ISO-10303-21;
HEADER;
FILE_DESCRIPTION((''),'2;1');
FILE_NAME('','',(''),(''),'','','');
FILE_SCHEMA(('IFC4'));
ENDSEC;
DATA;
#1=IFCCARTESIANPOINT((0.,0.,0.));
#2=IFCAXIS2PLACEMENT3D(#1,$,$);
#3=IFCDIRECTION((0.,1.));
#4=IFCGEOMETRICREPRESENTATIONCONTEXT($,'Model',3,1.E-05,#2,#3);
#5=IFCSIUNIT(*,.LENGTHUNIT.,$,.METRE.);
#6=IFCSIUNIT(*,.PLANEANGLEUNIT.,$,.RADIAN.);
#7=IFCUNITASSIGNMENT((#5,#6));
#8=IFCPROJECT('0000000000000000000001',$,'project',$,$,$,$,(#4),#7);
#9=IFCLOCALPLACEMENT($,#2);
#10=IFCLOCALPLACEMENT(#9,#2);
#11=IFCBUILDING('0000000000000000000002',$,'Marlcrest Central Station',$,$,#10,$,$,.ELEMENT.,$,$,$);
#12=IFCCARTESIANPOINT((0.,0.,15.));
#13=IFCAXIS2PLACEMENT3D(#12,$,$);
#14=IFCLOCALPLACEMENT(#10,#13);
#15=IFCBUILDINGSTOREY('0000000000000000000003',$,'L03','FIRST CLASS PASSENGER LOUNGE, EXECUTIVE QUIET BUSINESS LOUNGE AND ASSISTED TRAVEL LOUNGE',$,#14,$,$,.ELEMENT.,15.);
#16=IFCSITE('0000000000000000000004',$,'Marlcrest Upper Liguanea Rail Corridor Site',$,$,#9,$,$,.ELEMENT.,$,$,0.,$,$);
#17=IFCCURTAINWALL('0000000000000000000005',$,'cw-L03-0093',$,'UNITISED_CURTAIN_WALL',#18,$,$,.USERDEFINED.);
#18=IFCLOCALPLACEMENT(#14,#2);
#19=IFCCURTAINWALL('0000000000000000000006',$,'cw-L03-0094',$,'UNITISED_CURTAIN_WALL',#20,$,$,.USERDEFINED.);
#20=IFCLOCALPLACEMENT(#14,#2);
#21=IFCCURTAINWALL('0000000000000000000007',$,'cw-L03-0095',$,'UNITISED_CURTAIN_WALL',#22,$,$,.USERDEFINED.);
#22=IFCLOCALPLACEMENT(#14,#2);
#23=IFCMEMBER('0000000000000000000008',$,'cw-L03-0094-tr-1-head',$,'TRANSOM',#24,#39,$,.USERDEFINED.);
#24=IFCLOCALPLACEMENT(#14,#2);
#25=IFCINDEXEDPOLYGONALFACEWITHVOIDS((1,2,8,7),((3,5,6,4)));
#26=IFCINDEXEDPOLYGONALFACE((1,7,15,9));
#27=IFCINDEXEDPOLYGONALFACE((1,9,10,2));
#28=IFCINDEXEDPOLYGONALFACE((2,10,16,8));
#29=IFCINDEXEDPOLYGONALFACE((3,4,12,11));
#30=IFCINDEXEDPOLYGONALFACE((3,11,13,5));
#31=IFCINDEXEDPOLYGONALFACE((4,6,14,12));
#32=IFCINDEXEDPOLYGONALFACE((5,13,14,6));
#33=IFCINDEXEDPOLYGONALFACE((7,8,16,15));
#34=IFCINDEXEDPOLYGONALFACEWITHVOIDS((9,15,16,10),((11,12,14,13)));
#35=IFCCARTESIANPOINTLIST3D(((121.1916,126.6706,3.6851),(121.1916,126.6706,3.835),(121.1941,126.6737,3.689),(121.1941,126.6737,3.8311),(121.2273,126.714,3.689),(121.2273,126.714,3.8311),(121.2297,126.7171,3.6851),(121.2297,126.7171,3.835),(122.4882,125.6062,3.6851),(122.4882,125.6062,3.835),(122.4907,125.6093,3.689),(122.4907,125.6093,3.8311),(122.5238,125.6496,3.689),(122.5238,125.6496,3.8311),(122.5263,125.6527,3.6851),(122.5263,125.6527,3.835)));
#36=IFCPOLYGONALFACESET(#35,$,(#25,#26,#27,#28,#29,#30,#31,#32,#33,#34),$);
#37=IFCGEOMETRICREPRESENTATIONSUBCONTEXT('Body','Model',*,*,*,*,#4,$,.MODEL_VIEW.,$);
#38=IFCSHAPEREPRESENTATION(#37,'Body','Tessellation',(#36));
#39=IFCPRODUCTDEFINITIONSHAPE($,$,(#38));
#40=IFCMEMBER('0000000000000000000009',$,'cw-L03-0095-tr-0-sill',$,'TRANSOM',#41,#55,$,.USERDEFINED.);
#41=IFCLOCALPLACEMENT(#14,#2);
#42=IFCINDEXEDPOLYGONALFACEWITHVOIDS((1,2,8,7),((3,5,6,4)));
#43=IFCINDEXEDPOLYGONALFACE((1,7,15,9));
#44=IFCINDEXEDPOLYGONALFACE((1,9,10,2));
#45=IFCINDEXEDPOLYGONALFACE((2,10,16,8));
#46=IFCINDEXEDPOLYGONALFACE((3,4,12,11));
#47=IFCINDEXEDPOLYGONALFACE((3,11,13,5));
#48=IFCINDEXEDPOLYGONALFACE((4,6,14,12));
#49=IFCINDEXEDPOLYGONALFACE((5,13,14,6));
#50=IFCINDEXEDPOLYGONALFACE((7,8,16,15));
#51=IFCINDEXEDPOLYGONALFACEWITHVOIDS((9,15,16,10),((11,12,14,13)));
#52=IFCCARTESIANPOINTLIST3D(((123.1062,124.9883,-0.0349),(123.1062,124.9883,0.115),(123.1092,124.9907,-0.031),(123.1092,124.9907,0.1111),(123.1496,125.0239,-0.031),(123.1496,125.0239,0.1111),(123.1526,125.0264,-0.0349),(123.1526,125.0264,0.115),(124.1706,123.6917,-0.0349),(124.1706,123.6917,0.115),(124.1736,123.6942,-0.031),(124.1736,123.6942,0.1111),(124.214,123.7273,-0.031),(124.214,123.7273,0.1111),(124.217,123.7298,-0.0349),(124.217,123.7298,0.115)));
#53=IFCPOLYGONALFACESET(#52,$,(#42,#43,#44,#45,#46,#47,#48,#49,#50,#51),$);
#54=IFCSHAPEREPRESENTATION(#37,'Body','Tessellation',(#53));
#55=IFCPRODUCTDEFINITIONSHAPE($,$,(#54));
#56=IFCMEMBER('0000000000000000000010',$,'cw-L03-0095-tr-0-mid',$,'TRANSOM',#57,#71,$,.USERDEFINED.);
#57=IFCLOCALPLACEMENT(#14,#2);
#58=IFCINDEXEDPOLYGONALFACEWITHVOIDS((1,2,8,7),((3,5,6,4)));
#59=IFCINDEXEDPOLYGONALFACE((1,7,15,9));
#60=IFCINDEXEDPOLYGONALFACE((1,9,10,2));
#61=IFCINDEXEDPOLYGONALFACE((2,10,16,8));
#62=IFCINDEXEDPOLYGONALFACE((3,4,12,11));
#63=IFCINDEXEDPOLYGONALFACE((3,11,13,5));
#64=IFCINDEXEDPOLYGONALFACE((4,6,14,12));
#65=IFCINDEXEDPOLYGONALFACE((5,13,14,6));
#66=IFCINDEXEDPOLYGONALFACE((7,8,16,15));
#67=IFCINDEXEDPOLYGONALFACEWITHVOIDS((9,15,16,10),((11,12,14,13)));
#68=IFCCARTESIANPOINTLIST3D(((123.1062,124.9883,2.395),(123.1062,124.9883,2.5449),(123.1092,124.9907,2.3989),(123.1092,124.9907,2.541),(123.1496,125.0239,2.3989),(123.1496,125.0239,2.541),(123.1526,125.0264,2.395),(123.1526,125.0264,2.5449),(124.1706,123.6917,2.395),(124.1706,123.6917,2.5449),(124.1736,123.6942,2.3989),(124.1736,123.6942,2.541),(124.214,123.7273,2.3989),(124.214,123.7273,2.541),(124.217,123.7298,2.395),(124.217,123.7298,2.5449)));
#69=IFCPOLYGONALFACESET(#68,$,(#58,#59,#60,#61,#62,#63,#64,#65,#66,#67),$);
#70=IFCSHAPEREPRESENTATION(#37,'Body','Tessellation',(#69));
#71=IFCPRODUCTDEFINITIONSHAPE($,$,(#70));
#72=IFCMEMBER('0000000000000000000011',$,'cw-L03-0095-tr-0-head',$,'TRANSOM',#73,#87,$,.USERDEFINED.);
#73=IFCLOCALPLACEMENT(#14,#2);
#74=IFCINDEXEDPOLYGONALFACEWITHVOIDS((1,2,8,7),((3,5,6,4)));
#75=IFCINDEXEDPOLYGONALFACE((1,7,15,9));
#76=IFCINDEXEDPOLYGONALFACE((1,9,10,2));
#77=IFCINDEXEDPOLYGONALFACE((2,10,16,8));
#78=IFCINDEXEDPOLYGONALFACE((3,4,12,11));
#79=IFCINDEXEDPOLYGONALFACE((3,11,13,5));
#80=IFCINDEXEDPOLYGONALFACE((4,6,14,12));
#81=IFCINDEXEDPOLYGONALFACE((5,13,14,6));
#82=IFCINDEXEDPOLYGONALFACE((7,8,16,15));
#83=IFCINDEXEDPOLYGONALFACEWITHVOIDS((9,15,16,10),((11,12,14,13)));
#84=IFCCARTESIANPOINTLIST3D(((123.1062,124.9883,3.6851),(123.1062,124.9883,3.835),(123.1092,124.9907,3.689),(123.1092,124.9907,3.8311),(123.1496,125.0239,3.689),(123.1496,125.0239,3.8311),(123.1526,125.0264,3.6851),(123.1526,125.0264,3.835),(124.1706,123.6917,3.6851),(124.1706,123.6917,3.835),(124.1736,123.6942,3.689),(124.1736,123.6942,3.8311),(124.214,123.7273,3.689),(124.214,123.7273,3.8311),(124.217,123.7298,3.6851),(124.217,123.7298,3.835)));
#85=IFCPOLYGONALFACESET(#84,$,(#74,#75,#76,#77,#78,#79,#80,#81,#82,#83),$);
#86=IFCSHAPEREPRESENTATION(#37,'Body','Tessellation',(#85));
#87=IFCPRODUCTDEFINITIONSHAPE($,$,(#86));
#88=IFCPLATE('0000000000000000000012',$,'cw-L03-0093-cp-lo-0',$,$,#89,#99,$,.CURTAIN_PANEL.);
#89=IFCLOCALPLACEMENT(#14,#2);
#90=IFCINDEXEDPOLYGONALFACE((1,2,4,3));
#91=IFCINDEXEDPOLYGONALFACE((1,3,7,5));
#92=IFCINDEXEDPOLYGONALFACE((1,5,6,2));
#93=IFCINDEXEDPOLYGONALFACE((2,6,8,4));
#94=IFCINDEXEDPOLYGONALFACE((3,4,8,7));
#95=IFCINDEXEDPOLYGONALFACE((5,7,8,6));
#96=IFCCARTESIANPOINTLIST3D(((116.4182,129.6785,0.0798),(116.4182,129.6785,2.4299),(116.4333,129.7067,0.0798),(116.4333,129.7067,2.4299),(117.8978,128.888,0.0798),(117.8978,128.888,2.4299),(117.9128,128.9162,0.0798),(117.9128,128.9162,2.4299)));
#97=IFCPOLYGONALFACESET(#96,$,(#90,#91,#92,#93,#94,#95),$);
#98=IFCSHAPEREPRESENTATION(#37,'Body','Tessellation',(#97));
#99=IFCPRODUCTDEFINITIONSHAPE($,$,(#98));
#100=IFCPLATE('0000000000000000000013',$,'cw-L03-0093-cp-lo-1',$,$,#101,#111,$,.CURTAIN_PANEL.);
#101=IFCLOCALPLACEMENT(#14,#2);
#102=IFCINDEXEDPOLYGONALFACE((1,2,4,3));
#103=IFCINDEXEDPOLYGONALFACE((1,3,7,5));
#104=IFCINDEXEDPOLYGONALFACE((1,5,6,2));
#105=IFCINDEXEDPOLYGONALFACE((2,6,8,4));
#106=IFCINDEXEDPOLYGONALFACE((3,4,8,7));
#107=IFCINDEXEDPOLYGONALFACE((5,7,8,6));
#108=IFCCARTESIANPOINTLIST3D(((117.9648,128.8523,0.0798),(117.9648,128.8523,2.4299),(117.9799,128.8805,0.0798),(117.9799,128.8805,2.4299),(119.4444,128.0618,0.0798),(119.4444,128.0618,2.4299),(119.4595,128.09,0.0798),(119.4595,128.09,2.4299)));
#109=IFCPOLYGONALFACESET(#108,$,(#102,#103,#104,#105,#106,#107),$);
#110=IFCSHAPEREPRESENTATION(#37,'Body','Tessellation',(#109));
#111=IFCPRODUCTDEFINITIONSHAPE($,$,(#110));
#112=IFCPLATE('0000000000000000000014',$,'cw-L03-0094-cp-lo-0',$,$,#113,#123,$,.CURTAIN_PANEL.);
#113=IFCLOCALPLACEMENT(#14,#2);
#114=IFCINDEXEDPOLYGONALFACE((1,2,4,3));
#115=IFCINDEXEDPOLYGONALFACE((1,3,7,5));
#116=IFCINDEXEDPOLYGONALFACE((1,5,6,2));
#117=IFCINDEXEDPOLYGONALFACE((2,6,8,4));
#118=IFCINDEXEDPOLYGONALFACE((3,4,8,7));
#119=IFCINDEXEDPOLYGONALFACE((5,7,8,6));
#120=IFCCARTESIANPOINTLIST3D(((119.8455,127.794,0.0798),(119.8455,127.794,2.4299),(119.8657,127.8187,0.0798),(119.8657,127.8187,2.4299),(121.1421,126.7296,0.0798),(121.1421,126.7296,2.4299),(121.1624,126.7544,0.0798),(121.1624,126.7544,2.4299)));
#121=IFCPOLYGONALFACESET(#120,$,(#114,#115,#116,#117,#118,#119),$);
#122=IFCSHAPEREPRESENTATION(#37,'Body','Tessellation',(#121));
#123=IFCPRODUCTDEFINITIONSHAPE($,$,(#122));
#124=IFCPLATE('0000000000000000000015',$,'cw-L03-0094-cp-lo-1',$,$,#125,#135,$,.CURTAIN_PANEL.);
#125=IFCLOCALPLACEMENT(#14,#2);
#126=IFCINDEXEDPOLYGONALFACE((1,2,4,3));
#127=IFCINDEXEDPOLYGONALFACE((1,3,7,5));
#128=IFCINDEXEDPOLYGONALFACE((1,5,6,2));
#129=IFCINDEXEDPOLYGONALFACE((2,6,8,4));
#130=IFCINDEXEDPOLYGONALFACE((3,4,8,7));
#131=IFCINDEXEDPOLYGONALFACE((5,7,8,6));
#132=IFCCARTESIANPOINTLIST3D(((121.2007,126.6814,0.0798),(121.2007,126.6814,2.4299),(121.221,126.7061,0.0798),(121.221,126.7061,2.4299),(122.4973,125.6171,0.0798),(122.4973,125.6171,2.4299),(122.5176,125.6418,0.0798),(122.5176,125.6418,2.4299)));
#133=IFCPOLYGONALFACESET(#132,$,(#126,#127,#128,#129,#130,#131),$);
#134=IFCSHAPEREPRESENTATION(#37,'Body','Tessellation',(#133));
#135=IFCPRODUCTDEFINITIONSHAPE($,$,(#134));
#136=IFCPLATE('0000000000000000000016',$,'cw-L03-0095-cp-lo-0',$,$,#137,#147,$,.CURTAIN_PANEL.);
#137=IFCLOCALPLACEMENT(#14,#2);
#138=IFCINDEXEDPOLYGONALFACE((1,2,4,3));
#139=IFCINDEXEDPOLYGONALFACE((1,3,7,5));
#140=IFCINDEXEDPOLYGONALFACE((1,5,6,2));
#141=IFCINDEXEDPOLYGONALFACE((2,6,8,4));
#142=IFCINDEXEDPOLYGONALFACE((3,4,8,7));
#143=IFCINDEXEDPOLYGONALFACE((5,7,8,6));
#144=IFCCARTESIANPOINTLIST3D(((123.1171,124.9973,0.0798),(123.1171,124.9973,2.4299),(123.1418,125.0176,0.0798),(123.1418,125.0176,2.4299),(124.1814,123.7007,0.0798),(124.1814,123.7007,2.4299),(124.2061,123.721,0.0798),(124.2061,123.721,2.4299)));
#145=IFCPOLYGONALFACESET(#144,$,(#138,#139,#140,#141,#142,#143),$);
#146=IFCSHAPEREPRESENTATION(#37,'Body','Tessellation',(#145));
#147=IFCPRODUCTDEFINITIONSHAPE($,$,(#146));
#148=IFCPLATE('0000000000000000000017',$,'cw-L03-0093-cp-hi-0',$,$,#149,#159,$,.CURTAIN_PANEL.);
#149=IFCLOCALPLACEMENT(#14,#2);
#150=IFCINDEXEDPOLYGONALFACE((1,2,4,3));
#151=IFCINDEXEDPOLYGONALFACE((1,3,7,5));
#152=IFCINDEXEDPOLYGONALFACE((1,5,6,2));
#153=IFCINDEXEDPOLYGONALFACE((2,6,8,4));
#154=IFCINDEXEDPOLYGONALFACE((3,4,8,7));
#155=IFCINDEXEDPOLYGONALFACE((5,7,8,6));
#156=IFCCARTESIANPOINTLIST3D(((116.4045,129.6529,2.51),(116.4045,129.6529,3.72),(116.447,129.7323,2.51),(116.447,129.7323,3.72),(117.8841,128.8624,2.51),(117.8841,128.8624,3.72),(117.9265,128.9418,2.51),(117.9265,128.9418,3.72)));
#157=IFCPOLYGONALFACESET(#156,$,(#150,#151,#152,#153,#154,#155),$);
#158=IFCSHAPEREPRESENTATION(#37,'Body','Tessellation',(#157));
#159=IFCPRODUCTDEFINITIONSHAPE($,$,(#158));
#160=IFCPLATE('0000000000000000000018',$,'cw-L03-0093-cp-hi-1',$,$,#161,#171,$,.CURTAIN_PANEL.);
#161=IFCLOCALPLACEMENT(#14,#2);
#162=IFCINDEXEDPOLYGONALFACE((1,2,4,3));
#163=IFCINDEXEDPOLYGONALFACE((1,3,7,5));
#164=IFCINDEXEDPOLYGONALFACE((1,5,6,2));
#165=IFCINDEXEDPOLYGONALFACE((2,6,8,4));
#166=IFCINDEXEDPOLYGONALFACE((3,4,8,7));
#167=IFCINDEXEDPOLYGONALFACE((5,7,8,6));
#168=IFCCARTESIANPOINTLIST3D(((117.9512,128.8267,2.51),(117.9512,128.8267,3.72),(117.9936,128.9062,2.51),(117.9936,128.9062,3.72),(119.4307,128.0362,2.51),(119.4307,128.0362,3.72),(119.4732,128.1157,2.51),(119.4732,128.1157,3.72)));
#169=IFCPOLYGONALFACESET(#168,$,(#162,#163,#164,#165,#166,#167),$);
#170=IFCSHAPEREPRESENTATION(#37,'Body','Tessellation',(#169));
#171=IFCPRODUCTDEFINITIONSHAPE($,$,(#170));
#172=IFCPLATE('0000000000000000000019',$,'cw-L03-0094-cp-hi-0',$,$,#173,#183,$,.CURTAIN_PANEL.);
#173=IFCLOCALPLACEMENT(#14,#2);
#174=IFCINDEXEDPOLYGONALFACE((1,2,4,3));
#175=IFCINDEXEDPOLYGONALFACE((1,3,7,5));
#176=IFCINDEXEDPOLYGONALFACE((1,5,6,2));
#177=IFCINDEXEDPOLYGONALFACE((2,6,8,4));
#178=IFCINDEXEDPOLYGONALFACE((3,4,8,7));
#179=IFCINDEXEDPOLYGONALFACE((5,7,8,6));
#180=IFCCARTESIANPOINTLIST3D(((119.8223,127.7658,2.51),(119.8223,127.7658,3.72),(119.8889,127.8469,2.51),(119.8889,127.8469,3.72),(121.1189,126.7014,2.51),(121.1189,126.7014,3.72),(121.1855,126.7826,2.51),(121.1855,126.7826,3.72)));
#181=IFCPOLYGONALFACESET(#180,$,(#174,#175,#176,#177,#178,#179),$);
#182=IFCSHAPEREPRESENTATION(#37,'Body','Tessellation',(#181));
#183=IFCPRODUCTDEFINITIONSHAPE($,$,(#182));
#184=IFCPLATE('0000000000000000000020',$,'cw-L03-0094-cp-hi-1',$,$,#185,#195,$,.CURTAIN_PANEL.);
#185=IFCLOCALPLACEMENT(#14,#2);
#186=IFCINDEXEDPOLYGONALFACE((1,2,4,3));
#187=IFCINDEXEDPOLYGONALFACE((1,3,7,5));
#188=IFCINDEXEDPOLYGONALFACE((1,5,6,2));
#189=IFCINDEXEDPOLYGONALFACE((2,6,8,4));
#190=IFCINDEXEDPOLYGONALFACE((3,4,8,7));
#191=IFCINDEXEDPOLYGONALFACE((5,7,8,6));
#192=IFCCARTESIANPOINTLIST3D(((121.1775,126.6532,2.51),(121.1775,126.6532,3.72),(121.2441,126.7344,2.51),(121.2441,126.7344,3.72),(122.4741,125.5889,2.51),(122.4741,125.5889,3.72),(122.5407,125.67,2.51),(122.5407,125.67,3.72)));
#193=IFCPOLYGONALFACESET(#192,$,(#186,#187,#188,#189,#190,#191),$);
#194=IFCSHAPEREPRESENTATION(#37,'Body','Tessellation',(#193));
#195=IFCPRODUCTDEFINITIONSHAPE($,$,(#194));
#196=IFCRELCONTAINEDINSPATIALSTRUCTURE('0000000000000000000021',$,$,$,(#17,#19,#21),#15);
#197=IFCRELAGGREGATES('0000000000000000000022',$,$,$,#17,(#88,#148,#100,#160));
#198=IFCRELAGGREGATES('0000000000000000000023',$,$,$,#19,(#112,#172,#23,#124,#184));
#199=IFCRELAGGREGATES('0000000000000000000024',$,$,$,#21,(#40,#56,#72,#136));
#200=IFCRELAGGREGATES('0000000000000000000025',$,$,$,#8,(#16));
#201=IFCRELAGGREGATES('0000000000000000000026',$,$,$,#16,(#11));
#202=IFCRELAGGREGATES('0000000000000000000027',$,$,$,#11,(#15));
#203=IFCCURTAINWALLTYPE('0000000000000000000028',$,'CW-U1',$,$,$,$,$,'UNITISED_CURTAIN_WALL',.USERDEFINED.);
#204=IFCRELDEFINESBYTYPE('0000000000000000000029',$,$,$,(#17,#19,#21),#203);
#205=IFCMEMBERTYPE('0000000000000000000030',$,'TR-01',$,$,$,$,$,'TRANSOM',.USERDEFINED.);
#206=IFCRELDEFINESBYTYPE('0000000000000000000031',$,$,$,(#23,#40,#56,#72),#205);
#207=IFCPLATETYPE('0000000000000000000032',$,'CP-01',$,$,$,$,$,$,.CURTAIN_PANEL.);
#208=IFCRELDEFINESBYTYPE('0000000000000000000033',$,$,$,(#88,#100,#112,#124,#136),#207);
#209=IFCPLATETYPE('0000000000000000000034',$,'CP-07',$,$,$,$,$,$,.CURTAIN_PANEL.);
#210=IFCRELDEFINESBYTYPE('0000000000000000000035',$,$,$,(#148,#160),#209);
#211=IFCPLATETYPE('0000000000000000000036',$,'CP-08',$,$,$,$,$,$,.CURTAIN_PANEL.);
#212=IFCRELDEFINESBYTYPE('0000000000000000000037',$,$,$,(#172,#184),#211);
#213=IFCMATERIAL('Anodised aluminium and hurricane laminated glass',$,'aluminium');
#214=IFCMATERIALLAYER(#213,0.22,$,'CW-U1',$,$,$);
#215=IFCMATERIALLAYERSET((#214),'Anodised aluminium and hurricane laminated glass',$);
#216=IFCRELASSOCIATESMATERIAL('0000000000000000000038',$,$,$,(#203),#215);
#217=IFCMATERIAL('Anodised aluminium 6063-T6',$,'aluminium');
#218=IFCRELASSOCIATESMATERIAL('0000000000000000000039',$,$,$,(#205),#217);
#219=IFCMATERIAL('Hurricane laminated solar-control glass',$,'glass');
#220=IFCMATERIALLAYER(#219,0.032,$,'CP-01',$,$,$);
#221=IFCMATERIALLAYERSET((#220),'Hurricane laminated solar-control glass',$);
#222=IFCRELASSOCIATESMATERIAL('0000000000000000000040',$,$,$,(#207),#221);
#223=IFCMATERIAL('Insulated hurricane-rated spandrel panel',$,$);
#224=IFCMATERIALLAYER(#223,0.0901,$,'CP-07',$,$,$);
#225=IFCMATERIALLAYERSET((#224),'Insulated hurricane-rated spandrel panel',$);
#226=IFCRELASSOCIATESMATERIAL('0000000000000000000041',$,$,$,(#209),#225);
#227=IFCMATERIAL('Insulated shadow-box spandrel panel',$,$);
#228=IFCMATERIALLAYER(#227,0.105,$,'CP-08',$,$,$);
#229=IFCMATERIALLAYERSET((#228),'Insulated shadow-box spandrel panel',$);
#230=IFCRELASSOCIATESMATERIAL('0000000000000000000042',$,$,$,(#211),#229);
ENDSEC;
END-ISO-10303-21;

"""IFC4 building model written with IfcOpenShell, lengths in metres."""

from ifc_helpers import new_model, si_unit, direction, frame, origin, origin_2d, place, context, subcontext, project, spatial, rectangle, hollow_rectangle, extrude, material, layer, layer_set, material_profile, profile_set, type_object, element, aggregate, save


model = new_model("IFC4")

# Units and contexts
model_context = context("Model", 3, precision=1e-05, world=origin(), true_north=direction((0.0, 1.0)))
body_context = subcontext(model_context, "Body", "Model", "MODEL_VIEW")
ifc_project = project(units=[si_unit("LENGTHUNIT", "METRE"), si_unit("PLANEANGLEUNIT", "RADIAN")], contexts=[model_context])

# Site, building, storey
site_placement = place(None, origin())
site = spatial("IfcSite", under=ifc_project, at=site_placement, Name="Marlcrest Upper Liguanea Rail Corridor Site", CompositionType="ELEMENT", RefElevation=0.0)
building_placement = place(site_placement, origin())
building = spatial("IfcBuilding", under=site, at=building_placement, Name="Marlcrest Central Station", CompositionType="ELEMENT")
storey_placement = place(building_placement, frame((0.0, 0.0, 15.0)))
storey = spatial("IfcBuildingStorey", under=building, at=storey_placement, Name="L03", Description="FIRST CLASS PASSENGER LOUNGE, EXECUTIVE QUIET BUSINESS LOUNGE AND ASSISTED TRAVEL LOUNGE", CompositionType="ELEMENT", Elevation=15.0)

# Curtain walls
ifc_material_1 = material(Name="Anodised aluminium and hurricane laminated glass", Category="aluminium")
ifc_layer_1 = layer(ifc_material_1, 0.22, Name="CW-U1")
ifc_layer_set_1 = layer_set([ifc_layer_1], Name="Anodised aluminium and hurricane laminated glass")
curtain_wall_type = type_object("IfcCurtainWallType", Name="CW-U1", ElementType="UNITISED_CURTAIN_WALL", PredefinedType="USERDEFINED", material=ifc_layer_set_1)
curtain_wall_1_placement = place(storey_placement, origin())
curtain_wall_1 = element("IfcCurtainWall", 1, at=curtain_wall_1_placement, inside=storey, type_object=curtain_wall_type, Name="cw-L03-0093", ObjectType="UNITISED_CURTAIN_WALL", PredefinedType="USERDEFINED")
ifc_material_2 = material(Name="Anodised aluminium 6063-T6", Category="aluminium")
curtain_wall_2_placement = place(storey_placement, origin())
curtain_wall_2 = element("IfcCurtainWall", 2, at=curtain_wall_2_placement, inside=storey, type_object=curtain_wall_type, Name="cw-L03-0094", ObjectType="UNITISED_CURTAIN_WALL", PredefinedType="USERDEFINED")
curtain_wall_3_placement = place(storey_placement, origin())
curtain_wall_3 = element("IfcCurtainWall", 3, at=curtain_wall_3_placement, inside=storey, type_object=curtain_wall_type, Name="cw-L03-0095", ObjectType="UNITISED_CURTAIN_WALL", PredefinedType="USERDEFINED")

# Members
ifc_material_profile_1 = material_profile(ifc_material_2, hollow_rectangle(XDim=0.0601, YDim=0.1499, WallThickness=0.0039, at=origin_2d()), Name="AA-RHS 150x60x4")
ifc_profile_set_1 = profile_set([ifc_material_profile_1], Name="Anodised aluminium 6063-T6")
member_type_1 = type_object("IfcMemberType", Name="TR-01", ElementType="TRANSOM", PredefinedType="USERDEFINED", material=ifc_profile_set_1)
member_1_placement = place(storey_placement, frame((121.2107, 126.6938, 3.76), z_axis=(0.772912, -0.634513, 0.0), x_axis=(0.634513, 0.772912, 0.0)))
member_1 = element("IfcMember", 4, at=member_1_placement, type_object=member_type_1, Name="cw-L03-0094-tr-1-head", ObjectType="TRANSOM", PredefinedType="USERDEFINED", context=body_context, shape_type="SweptSolid", body=[
    extrude(hollow_rectangle(XDim=0.0601, YDim=0.1499, WallThickness=0.0039, at=origin_2d()), origin(), (0.0, 0.0, 1.0), 1.6775),
])
member_2_placement = place(storey_placement, frame((123.1294, 125.0073, 0.04), z_axis=(0.634513, -0.772912, 0.0), x_axis=(0.772912, 0.634513, 0.0)))
member_2 = element("IfcMember", 5, at=member_2_placement, type_object=member_type_1, Name="cw-L03-0095-tr-0-sill", ObjectType="TRANSOM", PredefinedType="USERDEFINED", context=body_context, shape_type="SweptSolid", body=[
    extrude(hollow_rectangle(XDim=0.0601, YDim=0.1499, WallThickness=0.0039, at=origin_2d()), origin(), (0.0, 0.0, 1.0), 1.6775),
])
member_3_placement = place(storey_placement, frame((123.1294, 125.0073, 2.47), z_axis=(0.634513, -0.772912, 0.0), x_axis=(0.772912, 0.634513, 0.0)))
member_3 = element("IfcMember", 6, at=member_3_placement, type_object=member_type_1, Name="cw-L03-0095-tr-0-mid", ObjectType="TRANSOM", PredefinedType="USERDEFINED", context=body_context, shape_type="SweptSolid", body=[
    extrude(hollow_rectangle(XDim=0.0601, YDim=0.1499, WallThickness=0.0039, at=origin_2d()), origin(), (0.0, 0.0, 1.0), 1.6775),
])
member_4_placement = place(storey_placement, frame((123.1294, 125.0073, 3.76), z_axis=(0.634513, -0.772912, 0.0), x_axis=(0.772912, 0.634513, 0.0)))
member_4 = element("IfcMember", 7, at=member_4_placement, type_object=member_type_1, Name="cw-L03-0095-tr-0-head", ObjectType="TRANSOM", PredefinedType="USERDEFINED", context=body_context, shape_type="SweptSolid", body=[
    extrude(hollow_rectangle(XDim=0.0601, YDim=0.1499, WallThickness=0.0039, at=origin_2d()), origin(), (0.0, 0.0, 1.0), 1.6775),
])

# Plates
ifc_material_3 = material(Name="Hurricane laminated solar-control glass", Category="glass")
ifc_layer_2 = layer(ifc_material_3, 0.032, Name="CP-01")
ifc_layer_set_2 = layer_set([ifc_layer_2], Name="Hurricane laminated solar-control glass")
plate_type_1 = type_object("IfcPlateType", Name="CP-01", PredefinedType="CURTAIN_PANEL", material=ifc_layer_set_2)
plate_1_placement = place(storey_placement, frame((117.1655, 129.2974, 0.0798), z_axis=(0.0, 0.0, 1.0), x_axis=(0.882004, -0.471243, 0.0)))
plate_1 = element("IfcPlate", 8, at=plate_1_placement, type_object=plate_type_1, Name="cw-L03-0093-cp-lo-0", PredefinedType="CURTAIN_PANEL", context=body_context, shape_type="SweptSolid", body=[
    extrude(rectangle(XDim=1.6775, YDim=0.032, at=origin_2d()), origin(), (0.0, 0.0, 1.0), 2.3501),
])
plate_2_placement = place(storey_placement, frame((118.7122, 128.4712, 0.0798), z_axis=(0.0, 0.0, 1.0), x_axis=(0.882004, -0.471243, 0.0)))
plate_2 = element("IfcPlate", 9, at=plate_2_placement, type_object=plate_type_1, Name="cw-L03-0093-cp-lo-1", PredefinedType="CURTAIN_PANEL", context=body_context, shape_type="SweptSolid", body=[
    extrude(rectangle(XDim=1.6775, YDim=0.032, at=origin_2d()), origin(), (0.0, 0.0, 1.0), 2.3501),
])
plate_3_placement = place(storey_placement, frame((120.5039, 127.2742, 0.0798), z_axis=(0.0, 0.0, 1.0), x_axis=(0.772944, -0.634474, 0.0)))
plate_3 = element("IfcPlate", 10, at=plate_3_placement, type_object=plate_type_1, Name="cw-L03-0094-cp-lo-0", PredefinedType="CURTAIN_PANEL", context=body_context, shape_type="SweptSolid", body=[
    extrude(rectangle(XDim=1.6775, YDim=0.032, at=origin_2d()), origin(), (0.0, 0.0, 1.0), 2.3501),
])
plate_4_placement = place(storey_placement, frame((121.8591, 126.1616, 0.0798), z_axis=(0.0, 0.0, 1.0), x_axis=(0.772944, -0.634474, 0.0)))
plate_4 = element("IfcPlate", 11, at=plate_4_placement, type_object=plate_type_1, Name="cw-L03-0094-cp-lo-1", PredefinedType="CURTAIN_PANEL", context=body_context, shape_type="SweptSolid", body=[
    extrude(rectangle(XDim=1.6775, YDim=0.032, at=origin_2d()), origin(), (0.0, 0.0, 1.0), 2.3501),
])
plate_5_placement = place(storey_placement, frame((123.6616, 124.3591, 0.0798), z_axis=(0.0, 0.0, 1.0), x_axis=(0.634474, -0.772944, 0.0)))
plate_5 = element("IfcPlate", 12, at=plate_5_placement, type_object=plate_type_1, Name="cw-L03-0095-cp-lo-0", PredefinedType="CURTAIN_PANEL", context=body_context, shape_type="SweptSolid", body=[
    extrude(rectangle(XDim=1.6775, YDim=0.032, at=origin_2d()), origin(), (0.0, 0.0, 1.0), 2.3501),
])
ifc_material_4 = material(Name="Insulated hurricane-rated spandrel panel")
ifc_layer_3 = layer(ifc_material_4, 0.0901, Name="CP-07")
ifc_layer_set_3 = layer_set([ifc_layer_3], Name="Insulated hurricane-rated spandrel panel")
plate_type_2 = type_object("IfcPlateType", Name="CP-07", PredefinedType="CURTAIN_PANEL", material=ifc_layer_set_3)
plate_6_placement = place(storey_placement, frame((117.1655, 129.2974, 2.51), z_axis=(0.0, 0.0, 1.0), x_axis=(0.882004, -0.471243, 0.0)))
plate_6 = element("IfcPlate", 13, at=plate_6_placement, type_object=plate_type_2, Name="cw-L03-0093-cp-hi-0", PredefinedType="CURTAIN_PANEL", context=body_context, shape_type="SweptSolid", body=[
    extrude(rectangle(XDim=1.6775, YDim=0.0901, at=origin_2d()), origin(), (0.0, 0.0, 1.0), 1.21),
])
plate_7_placement = place(storey_placement, frame((118.7122, 128.4712, 2.51), z_axis=(0.0, 0.0, 1.0), x_axis=(0.882004, -0.471243, 0.0)))
plate_7 = element("IfcPlate", 14, at=plate_7_placement, type_object=plate_type_2, Name="cw-L03-0093-cp-hi-1", PredefinedType="CURTAIN_PANEL", context=body_context, shape_type="SweptSolid", body=[
    extrude(rectangle(XDim=1.6775, YDim=0.0901, at=origin_2d()), origin(), (0.0, 0.0, 1.0), 1.21),
])
aggregate(curtain_wall_1, [plate_1, plate_6, plate_2, plate_7])
ifc_material_5 = material(Name="Insulated shadow-box spandrel panel")
ifc_layer_4 = layer(ifc_material_5, 0.105, Name="CP-08")
ifc_layer_set_4 = layer_set([ifc_layer_4], Name="Insulated shadow-box spandrel panel")
plate_type_3 = type_object("IfcPlateType", Name="CP-08", PredefinedType="CURTAIN_PANEL", material=ifc_layer_set_4)
plate_8_placement = place(storey_placement, frame((120.5039, 127.2742, 2.51), z_axis=(0.0, 0.0, 1.0), x_axis=(0.772944, -0.634474, 0.0)))
plate_8 = element("IfcPlate", 15, at=plate_8_placement, type_object=plate_type_3, Name="cw-L03-0094-cp-hi-0", PredefinedType="CURTAIN_PANEL", context=body_context, shape_type="SweptSolid", body=[
    extrude(rectangle(XDim=1.6775, YDim=0.105, at=origin_2d()), origin(), (0.0, 0.0, 1.0), 1.21),
])
plate_9_placement = place(storey_placement, frame((121.8591, 126.1616, 2.51), z_axis=(0.0, 0.0, 1.0), x_axis=(0.772944, -0.634474, 0.0)))
plate_9 = element("IfcPlate", 16, at=plate_9_placement, type_object=plate_type_3, Name="cw-L03-0094-cp-hi-1", PredefinedType="CURTAIN_PANEL", context=body_context, shape_type="SweptSolid", body=[
    extrude(rectangle(XDim=1.6775, YDim=0.105, at=origin_2d()), origin(), (0.0, 0.0, 1.0), 1.21),
])
aggregate(curtain_wall_2, [plate_3, plate_8, member_1, plate_4, plate_9])
aggregate(curtain_wall_3, [member_2, member_3, member_4, plate_5])

save(model, "model.ifc")
